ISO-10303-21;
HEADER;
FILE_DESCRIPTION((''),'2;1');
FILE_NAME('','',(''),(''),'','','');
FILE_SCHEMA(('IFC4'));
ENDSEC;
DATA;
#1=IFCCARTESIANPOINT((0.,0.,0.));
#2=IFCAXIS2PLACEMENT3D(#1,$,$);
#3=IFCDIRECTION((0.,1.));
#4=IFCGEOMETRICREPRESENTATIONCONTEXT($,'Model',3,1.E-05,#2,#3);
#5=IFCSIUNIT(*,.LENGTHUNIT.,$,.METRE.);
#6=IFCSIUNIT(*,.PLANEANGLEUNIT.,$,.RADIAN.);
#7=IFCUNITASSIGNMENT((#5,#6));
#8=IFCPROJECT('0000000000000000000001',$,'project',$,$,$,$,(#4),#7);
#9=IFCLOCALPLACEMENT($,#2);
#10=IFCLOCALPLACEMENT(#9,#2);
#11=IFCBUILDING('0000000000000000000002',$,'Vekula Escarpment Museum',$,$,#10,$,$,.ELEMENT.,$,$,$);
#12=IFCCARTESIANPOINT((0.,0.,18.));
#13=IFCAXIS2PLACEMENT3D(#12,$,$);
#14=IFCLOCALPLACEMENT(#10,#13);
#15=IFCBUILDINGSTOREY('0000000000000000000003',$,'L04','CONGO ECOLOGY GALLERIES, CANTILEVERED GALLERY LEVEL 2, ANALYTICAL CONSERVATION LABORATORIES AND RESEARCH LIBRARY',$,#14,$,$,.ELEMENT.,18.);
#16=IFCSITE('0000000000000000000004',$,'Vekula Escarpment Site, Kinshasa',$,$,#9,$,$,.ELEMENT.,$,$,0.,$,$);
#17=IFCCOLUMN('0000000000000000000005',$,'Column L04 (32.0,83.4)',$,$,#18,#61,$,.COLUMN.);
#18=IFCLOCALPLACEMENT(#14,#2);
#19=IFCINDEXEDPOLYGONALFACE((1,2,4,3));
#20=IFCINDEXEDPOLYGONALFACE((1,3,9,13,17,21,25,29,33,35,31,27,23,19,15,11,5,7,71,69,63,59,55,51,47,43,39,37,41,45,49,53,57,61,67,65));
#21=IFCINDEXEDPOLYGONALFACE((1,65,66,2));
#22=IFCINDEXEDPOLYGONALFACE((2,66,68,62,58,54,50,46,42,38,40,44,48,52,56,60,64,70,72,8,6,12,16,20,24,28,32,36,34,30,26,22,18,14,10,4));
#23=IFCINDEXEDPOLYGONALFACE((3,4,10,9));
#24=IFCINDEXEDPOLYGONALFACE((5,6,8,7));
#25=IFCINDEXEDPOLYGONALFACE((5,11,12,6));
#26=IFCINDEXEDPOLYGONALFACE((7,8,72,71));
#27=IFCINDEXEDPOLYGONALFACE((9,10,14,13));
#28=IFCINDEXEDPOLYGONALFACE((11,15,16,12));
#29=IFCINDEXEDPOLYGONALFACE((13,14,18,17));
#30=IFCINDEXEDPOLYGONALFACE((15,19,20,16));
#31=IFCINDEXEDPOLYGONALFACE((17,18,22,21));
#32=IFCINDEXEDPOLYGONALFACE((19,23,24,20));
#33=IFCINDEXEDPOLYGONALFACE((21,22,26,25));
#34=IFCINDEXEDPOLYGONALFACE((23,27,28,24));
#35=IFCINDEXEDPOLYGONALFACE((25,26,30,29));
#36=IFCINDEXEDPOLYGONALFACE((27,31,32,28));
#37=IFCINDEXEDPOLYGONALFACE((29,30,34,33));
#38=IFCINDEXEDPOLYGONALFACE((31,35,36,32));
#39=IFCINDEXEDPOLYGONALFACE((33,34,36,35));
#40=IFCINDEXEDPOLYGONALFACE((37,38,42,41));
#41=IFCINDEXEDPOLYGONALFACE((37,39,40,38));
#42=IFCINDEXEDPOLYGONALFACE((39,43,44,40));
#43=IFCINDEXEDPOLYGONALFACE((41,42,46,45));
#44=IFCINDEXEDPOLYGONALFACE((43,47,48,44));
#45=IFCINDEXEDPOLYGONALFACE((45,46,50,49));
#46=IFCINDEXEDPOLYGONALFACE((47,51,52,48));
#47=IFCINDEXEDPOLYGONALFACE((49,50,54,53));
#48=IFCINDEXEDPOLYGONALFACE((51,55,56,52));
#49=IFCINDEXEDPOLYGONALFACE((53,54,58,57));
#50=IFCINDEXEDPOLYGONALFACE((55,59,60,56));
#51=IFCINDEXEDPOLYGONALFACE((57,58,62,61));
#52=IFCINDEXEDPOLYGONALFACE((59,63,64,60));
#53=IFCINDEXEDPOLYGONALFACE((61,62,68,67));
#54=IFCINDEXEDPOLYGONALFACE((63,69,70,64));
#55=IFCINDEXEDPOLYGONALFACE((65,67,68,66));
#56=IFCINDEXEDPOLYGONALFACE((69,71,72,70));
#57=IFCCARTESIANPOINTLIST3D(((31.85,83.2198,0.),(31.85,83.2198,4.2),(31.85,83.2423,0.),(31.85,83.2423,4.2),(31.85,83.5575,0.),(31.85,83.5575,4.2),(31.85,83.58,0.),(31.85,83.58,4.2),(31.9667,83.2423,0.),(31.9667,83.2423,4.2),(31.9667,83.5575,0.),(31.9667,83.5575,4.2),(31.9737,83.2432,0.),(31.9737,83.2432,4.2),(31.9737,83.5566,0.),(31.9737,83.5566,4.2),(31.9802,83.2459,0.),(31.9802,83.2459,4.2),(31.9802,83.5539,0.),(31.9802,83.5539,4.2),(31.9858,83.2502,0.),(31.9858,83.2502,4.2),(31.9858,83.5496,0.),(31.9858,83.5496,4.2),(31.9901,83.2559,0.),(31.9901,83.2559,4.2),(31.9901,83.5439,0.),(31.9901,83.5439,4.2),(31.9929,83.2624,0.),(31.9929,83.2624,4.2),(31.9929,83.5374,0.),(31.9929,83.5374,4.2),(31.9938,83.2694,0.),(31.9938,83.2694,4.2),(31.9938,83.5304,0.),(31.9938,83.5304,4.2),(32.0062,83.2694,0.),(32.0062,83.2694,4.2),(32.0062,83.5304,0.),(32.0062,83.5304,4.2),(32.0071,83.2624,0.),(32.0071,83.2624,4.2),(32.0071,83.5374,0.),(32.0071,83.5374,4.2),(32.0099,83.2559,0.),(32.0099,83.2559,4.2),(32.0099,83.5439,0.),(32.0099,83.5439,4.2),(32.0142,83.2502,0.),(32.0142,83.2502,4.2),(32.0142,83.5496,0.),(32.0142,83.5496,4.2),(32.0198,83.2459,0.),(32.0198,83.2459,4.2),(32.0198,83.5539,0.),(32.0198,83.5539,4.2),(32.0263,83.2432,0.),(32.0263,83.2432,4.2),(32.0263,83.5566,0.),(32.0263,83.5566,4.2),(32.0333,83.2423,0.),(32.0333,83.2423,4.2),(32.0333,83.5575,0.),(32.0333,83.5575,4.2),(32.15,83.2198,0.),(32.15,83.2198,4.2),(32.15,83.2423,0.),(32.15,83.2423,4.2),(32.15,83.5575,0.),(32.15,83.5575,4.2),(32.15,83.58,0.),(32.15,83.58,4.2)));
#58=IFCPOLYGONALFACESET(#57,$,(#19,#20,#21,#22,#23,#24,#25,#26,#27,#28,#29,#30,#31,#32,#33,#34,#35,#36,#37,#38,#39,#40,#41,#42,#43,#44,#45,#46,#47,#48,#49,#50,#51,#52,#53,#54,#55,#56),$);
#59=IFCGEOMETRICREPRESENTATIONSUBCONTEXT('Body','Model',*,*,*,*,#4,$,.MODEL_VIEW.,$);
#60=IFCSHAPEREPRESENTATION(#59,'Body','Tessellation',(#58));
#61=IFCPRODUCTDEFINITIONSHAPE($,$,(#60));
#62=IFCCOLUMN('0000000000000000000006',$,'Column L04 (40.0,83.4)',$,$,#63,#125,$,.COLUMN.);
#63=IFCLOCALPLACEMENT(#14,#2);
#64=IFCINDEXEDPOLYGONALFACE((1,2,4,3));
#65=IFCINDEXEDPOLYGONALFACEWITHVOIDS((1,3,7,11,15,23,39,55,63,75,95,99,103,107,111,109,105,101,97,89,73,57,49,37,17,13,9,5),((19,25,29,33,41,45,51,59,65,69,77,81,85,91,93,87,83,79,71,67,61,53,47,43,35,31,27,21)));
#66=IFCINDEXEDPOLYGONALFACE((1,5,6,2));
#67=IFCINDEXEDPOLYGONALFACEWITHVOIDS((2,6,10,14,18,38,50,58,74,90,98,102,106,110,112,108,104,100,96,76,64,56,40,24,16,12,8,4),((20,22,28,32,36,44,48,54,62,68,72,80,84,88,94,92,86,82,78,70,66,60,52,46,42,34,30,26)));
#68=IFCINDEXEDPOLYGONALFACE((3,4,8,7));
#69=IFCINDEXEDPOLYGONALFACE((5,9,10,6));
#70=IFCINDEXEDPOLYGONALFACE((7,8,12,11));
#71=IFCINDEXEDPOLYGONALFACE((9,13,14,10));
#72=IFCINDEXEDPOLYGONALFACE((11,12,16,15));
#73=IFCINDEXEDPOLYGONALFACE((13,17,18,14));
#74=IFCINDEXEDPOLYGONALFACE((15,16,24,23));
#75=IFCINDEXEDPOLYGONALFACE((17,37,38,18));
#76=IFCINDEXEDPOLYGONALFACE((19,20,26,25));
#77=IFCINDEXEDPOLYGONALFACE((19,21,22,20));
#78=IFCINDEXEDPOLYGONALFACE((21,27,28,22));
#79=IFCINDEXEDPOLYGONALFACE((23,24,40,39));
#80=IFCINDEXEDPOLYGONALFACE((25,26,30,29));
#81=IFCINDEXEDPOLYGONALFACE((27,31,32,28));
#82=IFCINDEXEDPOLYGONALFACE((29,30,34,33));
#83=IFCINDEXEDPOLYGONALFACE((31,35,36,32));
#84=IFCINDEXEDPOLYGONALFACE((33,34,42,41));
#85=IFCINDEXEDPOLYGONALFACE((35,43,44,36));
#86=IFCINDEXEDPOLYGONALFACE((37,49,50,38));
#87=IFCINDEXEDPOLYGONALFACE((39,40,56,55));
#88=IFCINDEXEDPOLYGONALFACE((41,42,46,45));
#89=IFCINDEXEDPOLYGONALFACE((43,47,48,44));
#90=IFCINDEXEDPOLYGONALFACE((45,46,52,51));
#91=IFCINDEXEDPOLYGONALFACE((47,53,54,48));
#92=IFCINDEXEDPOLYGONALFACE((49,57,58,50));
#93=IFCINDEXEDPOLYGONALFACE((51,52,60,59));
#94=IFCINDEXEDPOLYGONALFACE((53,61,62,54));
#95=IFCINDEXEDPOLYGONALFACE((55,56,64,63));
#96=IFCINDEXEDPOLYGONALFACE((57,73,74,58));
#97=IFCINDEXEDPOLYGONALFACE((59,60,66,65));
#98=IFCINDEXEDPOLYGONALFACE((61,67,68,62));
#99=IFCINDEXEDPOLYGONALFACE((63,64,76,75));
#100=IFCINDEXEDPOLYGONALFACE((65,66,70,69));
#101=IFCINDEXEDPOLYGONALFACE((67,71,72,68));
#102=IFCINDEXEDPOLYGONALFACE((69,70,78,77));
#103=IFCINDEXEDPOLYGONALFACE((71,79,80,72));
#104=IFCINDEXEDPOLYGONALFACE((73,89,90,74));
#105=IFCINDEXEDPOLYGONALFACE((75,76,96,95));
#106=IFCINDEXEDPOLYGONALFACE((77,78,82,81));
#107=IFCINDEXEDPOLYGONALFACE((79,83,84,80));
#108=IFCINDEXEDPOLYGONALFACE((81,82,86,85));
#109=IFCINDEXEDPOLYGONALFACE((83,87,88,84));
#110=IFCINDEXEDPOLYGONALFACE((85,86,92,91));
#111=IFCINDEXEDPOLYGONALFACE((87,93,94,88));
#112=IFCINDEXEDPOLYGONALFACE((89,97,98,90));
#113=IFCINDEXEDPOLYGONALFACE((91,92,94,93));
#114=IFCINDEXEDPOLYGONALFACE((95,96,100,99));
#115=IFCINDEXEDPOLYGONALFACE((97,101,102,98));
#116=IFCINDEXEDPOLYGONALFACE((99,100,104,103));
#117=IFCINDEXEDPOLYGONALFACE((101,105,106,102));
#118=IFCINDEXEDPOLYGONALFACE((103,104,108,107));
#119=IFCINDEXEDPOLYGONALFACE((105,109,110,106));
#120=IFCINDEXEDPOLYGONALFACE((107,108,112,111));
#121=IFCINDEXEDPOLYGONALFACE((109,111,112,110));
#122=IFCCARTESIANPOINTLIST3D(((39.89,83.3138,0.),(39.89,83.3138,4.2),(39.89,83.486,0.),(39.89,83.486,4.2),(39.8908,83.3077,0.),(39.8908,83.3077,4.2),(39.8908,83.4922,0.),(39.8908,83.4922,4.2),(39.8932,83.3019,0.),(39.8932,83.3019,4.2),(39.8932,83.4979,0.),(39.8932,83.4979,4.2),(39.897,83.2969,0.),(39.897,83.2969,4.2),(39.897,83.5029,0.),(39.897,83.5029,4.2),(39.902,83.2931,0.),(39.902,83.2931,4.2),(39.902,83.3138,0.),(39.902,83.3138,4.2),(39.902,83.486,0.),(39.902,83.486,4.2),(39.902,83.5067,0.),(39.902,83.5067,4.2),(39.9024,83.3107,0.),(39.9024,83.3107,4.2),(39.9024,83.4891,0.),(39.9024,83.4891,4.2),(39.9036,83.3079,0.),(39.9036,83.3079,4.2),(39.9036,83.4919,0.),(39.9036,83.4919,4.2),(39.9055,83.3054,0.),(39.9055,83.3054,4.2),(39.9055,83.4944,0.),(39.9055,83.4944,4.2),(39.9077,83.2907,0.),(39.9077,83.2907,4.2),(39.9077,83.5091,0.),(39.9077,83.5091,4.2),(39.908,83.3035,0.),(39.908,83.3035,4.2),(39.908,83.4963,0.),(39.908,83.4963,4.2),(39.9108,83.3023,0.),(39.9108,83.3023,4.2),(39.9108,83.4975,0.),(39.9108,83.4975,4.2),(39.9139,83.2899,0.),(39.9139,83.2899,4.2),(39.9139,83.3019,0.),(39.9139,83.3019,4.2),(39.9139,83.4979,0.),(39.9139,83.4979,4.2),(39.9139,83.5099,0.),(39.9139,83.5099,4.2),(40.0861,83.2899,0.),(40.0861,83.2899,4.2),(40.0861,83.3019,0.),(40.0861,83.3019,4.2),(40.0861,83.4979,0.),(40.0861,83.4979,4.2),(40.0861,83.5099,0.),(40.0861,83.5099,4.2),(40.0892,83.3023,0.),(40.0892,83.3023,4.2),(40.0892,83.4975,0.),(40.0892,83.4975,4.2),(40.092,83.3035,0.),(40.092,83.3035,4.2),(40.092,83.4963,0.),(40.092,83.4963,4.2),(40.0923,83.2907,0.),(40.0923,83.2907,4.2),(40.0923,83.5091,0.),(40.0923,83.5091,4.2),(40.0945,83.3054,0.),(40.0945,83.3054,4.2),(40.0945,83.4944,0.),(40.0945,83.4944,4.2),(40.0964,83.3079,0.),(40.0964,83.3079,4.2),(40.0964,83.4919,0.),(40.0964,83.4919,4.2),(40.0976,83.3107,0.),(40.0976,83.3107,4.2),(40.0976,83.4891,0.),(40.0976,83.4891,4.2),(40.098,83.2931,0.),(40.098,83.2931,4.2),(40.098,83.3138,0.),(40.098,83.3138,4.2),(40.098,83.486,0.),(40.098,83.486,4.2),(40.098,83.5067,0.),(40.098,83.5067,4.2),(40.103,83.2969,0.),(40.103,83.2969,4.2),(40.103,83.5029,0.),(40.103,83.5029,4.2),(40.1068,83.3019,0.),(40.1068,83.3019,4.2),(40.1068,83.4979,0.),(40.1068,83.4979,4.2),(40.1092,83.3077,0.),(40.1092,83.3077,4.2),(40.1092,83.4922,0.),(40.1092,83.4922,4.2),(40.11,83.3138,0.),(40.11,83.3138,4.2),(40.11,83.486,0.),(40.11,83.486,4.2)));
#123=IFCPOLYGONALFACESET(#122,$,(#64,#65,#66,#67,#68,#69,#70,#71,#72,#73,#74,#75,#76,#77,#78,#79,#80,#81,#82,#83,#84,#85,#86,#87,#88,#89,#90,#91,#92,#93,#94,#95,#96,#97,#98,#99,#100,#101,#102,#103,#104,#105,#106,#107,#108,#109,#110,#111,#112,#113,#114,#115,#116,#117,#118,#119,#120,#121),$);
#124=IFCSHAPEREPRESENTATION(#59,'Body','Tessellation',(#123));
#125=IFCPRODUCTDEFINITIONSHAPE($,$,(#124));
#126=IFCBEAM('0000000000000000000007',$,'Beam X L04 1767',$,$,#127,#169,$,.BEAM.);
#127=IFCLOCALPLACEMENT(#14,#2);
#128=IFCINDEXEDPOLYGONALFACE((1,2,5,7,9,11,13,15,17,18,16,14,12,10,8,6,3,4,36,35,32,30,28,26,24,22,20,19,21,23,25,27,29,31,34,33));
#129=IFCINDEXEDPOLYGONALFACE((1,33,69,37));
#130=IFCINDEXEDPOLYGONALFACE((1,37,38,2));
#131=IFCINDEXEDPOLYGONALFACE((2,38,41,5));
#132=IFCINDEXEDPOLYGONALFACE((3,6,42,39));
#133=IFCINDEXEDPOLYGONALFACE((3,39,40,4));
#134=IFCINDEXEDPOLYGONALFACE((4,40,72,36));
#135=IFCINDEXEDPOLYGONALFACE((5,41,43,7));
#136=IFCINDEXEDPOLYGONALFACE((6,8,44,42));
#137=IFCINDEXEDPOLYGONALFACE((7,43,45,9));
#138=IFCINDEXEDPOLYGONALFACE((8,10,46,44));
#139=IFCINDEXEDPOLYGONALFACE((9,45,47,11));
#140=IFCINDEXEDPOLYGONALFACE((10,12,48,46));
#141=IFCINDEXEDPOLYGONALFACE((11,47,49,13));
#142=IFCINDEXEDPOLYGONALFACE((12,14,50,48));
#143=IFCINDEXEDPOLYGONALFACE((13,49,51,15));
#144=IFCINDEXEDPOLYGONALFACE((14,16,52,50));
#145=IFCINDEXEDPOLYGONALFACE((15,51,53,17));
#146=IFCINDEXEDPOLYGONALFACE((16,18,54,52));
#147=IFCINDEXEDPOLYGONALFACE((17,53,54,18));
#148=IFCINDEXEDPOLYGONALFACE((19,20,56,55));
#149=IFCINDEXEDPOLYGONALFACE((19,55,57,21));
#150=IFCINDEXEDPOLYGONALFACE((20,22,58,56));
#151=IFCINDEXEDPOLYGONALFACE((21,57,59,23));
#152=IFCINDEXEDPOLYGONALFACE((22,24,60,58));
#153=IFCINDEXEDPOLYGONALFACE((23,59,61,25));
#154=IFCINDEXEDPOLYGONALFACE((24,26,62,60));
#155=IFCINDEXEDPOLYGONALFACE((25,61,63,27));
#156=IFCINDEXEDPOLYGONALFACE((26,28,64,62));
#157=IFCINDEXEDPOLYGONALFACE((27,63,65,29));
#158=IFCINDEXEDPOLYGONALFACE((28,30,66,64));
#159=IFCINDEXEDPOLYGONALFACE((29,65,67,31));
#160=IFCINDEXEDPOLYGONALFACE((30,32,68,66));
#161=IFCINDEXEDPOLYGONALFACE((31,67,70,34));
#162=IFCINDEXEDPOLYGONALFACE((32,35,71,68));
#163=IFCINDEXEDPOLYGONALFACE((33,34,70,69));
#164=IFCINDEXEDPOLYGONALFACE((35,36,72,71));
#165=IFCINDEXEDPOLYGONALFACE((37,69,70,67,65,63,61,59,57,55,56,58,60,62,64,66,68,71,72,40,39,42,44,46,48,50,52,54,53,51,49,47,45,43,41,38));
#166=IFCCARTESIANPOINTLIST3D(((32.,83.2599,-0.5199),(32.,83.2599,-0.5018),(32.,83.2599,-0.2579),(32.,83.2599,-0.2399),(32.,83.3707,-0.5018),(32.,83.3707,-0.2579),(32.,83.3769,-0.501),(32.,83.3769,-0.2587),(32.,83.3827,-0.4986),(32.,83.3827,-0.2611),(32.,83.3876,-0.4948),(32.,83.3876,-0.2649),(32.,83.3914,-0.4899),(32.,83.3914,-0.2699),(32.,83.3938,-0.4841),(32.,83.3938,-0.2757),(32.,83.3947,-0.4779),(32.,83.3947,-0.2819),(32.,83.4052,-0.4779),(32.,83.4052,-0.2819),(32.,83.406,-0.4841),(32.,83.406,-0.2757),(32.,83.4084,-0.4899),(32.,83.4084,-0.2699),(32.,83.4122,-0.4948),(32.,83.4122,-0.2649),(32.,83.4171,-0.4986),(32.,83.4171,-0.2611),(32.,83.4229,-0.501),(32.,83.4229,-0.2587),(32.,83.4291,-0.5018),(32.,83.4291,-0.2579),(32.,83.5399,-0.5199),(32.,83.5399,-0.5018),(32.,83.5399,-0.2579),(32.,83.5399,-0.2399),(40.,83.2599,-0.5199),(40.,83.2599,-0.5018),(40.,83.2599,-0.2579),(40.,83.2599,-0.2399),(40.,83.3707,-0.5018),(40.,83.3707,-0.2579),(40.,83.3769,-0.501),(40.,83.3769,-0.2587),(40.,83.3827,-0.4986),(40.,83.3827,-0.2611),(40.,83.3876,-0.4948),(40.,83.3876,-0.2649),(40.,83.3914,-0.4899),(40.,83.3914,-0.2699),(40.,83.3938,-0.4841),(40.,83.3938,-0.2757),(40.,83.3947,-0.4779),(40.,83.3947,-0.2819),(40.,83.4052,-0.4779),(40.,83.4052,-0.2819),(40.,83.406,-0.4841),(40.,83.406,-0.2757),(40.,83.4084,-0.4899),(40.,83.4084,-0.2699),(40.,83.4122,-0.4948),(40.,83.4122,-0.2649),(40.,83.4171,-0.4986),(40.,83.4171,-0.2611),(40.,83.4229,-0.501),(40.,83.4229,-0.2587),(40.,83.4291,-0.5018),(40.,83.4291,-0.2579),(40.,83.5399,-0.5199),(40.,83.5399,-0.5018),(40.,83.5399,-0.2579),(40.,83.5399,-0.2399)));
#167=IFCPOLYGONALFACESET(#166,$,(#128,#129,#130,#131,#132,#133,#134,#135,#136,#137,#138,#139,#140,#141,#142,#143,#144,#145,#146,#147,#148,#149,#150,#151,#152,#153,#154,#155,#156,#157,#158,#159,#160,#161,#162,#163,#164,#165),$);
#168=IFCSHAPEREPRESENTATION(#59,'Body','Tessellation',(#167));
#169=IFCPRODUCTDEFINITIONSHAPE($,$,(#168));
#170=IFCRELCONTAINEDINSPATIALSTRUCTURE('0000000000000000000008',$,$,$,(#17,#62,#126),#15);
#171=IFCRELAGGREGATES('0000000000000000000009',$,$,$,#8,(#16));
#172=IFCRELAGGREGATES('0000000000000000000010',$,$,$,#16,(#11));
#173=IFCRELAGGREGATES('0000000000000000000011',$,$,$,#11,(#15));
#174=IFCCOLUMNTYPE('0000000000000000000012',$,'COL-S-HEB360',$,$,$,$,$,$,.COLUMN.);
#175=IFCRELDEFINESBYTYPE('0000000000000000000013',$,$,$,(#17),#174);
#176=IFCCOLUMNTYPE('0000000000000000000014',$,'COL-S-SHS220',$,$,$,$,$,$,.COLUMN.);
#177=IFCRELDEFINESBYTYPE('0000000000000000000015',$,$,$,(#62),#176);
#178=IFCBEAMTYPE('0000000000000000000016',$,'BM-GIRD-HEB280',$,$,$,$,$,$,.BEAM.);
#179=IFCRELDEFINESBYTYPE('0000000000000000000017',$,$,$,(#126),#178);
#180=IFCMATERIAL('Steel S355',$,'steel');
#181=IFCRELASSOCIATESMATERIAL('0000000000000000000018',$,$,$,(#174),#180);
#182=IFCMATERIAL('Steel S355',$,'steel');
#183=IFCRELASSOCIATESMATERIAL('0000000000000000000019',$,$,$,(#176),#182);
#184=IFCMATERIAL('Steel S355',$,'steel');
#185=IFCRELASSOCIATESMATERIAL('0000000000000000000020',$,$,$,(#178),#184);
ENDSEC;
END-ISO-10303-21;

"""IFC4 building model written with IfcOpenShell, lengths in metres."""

from ifc_helpers import new_model, si_unit, direction, frame, origin, origin_2d, place, context, subcontext, project, spatial, hollow_rectangle, i_section, extrude, material, material_profile, profile_set, type_object, element, save


model = new_model("IFC4")

# Units and contexts
model_context = context("Model", 3, precision=1e-05, world=origin(), true_north=direction((0.0, 1.0)))
body_context = subcontext(model_context, "Body", "Model", "MODEL_VIEW")
ifc_project = project(units=[si_unit("LENGTHUNIT", "METRE"), si_unit("PLANEANGLEUNIT", "RADIAN")], contexts=[model_context])

# Site, building, storey
site_placement = place(None, origin())
site = spatial("IfcSite", under=ifc_project, at=site_placement, Name="Vekula Escarpment Site, Kinshasa", CompositionType="ELEMENT", RefElevation=0.0)
building_placement = place(site_placement, origin())
building = spatial("IfcBuilding", under=site, at=building_placement, Name="Vekula Escarpment Museum", CompositionType="ELEMENT")
storey_placement = place(building_placement, frame((0.0, 0.0, 18.0)))
storey = spatial("IfcBuildingStorey", under=building, at=storey_placement, Name="L04", Description="CONGO ECOLOGY GALLERIES, CANTILEVERED GALLERY LEVEL 2, ANALYTICAL CONSERVATION LABORATORIES AND RESEARCH LIBRARY", CompositionType="ELEMENT", Elevation=18.0)

# Columns
ifc_material_1 = material(Name="Steel S355", Category="steel")
ifc_material_profile_1 = material_profile(ifc_material_1, i_section(OverallWidth=0.3, OverallDepth=0.3601, WebThickness=0.0125, FlangeThickness=0.0225, FilletRadius=0.0271, at=origin_2d()), Name="HEB 360")
ifc_profile_set_1 = profile_set([ifc_material_profile_1], Name="Steel S355")
column_type_1 = type_object("IfcColumnType", Name="COL-S-HEB360", PredefinedType="COLUMN", material=ifc_profile_set_1)
column_1_placement = place(storey_placement, frame((32.0, 83.3999, 0.0), z_axis=(0.0, 0.0, 1.0), x_axis=(1.0, 0.0, 0.0)))
element("IfcColumn", 1, at=column_1_placement, inside=storey, type_object=column_type_1, Name="Column L04 (32.0,83.4)", PredefinedType="COLUMN", context=body_context, shape_type="SweptSolid", body=[
    extrude(i_section(OverallWidth=0.3, OverallDepth=0.3601, WebThickness=0.0125, FlangeThickness=0.0225, FilletRadius=0.0271, at=origin_2d()), origin(), (0.0, 0.0, 1.0), 4.2),
])
ifc_material_2 = material(Name="Steel S355", Category="steel")
ifc_material_profile_2 = material_profile(ifc_material_2, hollow_rectangle(XDim=0.22, YDim=0.22, WallThickness=0.012, InnerFilletRadius=0.012, OuterFilletRadius=0.0239, at=origin_2d()), Name="SHS 220x220x12")
ifc_profile_set_2 = profile_set([ifc_material_profile_2], Name="Steel S355")
column_type_2 = type_object("IfcColumnType", Name="COL-S-SHS220", PredefinedType="COLUMN", material=ifc_profile_set_2)
column_2_placement = place(storey_placement, frame((40.0, 83.3999, 0.0), z_axis=(0.0, 0.0, 1.0), x_axis=(1.0, 0.0, 0.0)))
element("IfcColumn", 2, at=column_2_placement, inside=storey, type_object=column_type_2, Name="Column L04 (40.0,83.4)", PredefinedType="COLUMN", context=body_context, shape_type="SweptSolid", body=[
    extrude(hollow_rectangle(XDim=0.22, YDim=0.22, WallThickness=0.012, InnerFilletRadius=0.012, OuterFilletRadius=0.0239, at=origin_2d()), origin(), (0.0, 0.0, 1.0), 4.2),
])

# Beam
ifc_material_3 = material(Name="Steel S355", Category="steel")
ifc_material_profile_3 = material_profile(ifc_material_3, i_section(OverallWidth=0.28, OverallDepth=0.28, WebThickness=0.0105, FlangeThickness=0.0181, FilletRadius=0.0239, at=origin_2d()), Name="HEB 280")
ifc_profile_set_3 = profile_set([ifc_material_profile_3], Name="Steel S355")
beam_type_1 = type_object("IfcBeamType", Name="BM-GIRD-HEB280", PredefinedType="BEAM", material=ifc_profile_set_3)
beam_1_placement = place(storey_placement, frame((32.0, 83.3999, -0.3799), z_axis=(1.0, 0.0, 0.0), x_axis=(0.0, 1.0, 0.0)))
element("IfcBeam", 3, at=beam_1_placement, inside=storey, type_object=beam_type_1, Name="Beam X L04 1767", PredefinedType="BEAM", context=body_context, shape_type="SweptSolid", body=[
    extrude(i_section(OverallWidth=0.28, OverallDepth=0.28, WebThickness=0.0105, FlangeThickness=0.0181, FilletRadius=0.0239, at=origin_2d()), origin(), (0.0, 0.0, 1.0), 8.0),
])

save(model, "model.ifc")
